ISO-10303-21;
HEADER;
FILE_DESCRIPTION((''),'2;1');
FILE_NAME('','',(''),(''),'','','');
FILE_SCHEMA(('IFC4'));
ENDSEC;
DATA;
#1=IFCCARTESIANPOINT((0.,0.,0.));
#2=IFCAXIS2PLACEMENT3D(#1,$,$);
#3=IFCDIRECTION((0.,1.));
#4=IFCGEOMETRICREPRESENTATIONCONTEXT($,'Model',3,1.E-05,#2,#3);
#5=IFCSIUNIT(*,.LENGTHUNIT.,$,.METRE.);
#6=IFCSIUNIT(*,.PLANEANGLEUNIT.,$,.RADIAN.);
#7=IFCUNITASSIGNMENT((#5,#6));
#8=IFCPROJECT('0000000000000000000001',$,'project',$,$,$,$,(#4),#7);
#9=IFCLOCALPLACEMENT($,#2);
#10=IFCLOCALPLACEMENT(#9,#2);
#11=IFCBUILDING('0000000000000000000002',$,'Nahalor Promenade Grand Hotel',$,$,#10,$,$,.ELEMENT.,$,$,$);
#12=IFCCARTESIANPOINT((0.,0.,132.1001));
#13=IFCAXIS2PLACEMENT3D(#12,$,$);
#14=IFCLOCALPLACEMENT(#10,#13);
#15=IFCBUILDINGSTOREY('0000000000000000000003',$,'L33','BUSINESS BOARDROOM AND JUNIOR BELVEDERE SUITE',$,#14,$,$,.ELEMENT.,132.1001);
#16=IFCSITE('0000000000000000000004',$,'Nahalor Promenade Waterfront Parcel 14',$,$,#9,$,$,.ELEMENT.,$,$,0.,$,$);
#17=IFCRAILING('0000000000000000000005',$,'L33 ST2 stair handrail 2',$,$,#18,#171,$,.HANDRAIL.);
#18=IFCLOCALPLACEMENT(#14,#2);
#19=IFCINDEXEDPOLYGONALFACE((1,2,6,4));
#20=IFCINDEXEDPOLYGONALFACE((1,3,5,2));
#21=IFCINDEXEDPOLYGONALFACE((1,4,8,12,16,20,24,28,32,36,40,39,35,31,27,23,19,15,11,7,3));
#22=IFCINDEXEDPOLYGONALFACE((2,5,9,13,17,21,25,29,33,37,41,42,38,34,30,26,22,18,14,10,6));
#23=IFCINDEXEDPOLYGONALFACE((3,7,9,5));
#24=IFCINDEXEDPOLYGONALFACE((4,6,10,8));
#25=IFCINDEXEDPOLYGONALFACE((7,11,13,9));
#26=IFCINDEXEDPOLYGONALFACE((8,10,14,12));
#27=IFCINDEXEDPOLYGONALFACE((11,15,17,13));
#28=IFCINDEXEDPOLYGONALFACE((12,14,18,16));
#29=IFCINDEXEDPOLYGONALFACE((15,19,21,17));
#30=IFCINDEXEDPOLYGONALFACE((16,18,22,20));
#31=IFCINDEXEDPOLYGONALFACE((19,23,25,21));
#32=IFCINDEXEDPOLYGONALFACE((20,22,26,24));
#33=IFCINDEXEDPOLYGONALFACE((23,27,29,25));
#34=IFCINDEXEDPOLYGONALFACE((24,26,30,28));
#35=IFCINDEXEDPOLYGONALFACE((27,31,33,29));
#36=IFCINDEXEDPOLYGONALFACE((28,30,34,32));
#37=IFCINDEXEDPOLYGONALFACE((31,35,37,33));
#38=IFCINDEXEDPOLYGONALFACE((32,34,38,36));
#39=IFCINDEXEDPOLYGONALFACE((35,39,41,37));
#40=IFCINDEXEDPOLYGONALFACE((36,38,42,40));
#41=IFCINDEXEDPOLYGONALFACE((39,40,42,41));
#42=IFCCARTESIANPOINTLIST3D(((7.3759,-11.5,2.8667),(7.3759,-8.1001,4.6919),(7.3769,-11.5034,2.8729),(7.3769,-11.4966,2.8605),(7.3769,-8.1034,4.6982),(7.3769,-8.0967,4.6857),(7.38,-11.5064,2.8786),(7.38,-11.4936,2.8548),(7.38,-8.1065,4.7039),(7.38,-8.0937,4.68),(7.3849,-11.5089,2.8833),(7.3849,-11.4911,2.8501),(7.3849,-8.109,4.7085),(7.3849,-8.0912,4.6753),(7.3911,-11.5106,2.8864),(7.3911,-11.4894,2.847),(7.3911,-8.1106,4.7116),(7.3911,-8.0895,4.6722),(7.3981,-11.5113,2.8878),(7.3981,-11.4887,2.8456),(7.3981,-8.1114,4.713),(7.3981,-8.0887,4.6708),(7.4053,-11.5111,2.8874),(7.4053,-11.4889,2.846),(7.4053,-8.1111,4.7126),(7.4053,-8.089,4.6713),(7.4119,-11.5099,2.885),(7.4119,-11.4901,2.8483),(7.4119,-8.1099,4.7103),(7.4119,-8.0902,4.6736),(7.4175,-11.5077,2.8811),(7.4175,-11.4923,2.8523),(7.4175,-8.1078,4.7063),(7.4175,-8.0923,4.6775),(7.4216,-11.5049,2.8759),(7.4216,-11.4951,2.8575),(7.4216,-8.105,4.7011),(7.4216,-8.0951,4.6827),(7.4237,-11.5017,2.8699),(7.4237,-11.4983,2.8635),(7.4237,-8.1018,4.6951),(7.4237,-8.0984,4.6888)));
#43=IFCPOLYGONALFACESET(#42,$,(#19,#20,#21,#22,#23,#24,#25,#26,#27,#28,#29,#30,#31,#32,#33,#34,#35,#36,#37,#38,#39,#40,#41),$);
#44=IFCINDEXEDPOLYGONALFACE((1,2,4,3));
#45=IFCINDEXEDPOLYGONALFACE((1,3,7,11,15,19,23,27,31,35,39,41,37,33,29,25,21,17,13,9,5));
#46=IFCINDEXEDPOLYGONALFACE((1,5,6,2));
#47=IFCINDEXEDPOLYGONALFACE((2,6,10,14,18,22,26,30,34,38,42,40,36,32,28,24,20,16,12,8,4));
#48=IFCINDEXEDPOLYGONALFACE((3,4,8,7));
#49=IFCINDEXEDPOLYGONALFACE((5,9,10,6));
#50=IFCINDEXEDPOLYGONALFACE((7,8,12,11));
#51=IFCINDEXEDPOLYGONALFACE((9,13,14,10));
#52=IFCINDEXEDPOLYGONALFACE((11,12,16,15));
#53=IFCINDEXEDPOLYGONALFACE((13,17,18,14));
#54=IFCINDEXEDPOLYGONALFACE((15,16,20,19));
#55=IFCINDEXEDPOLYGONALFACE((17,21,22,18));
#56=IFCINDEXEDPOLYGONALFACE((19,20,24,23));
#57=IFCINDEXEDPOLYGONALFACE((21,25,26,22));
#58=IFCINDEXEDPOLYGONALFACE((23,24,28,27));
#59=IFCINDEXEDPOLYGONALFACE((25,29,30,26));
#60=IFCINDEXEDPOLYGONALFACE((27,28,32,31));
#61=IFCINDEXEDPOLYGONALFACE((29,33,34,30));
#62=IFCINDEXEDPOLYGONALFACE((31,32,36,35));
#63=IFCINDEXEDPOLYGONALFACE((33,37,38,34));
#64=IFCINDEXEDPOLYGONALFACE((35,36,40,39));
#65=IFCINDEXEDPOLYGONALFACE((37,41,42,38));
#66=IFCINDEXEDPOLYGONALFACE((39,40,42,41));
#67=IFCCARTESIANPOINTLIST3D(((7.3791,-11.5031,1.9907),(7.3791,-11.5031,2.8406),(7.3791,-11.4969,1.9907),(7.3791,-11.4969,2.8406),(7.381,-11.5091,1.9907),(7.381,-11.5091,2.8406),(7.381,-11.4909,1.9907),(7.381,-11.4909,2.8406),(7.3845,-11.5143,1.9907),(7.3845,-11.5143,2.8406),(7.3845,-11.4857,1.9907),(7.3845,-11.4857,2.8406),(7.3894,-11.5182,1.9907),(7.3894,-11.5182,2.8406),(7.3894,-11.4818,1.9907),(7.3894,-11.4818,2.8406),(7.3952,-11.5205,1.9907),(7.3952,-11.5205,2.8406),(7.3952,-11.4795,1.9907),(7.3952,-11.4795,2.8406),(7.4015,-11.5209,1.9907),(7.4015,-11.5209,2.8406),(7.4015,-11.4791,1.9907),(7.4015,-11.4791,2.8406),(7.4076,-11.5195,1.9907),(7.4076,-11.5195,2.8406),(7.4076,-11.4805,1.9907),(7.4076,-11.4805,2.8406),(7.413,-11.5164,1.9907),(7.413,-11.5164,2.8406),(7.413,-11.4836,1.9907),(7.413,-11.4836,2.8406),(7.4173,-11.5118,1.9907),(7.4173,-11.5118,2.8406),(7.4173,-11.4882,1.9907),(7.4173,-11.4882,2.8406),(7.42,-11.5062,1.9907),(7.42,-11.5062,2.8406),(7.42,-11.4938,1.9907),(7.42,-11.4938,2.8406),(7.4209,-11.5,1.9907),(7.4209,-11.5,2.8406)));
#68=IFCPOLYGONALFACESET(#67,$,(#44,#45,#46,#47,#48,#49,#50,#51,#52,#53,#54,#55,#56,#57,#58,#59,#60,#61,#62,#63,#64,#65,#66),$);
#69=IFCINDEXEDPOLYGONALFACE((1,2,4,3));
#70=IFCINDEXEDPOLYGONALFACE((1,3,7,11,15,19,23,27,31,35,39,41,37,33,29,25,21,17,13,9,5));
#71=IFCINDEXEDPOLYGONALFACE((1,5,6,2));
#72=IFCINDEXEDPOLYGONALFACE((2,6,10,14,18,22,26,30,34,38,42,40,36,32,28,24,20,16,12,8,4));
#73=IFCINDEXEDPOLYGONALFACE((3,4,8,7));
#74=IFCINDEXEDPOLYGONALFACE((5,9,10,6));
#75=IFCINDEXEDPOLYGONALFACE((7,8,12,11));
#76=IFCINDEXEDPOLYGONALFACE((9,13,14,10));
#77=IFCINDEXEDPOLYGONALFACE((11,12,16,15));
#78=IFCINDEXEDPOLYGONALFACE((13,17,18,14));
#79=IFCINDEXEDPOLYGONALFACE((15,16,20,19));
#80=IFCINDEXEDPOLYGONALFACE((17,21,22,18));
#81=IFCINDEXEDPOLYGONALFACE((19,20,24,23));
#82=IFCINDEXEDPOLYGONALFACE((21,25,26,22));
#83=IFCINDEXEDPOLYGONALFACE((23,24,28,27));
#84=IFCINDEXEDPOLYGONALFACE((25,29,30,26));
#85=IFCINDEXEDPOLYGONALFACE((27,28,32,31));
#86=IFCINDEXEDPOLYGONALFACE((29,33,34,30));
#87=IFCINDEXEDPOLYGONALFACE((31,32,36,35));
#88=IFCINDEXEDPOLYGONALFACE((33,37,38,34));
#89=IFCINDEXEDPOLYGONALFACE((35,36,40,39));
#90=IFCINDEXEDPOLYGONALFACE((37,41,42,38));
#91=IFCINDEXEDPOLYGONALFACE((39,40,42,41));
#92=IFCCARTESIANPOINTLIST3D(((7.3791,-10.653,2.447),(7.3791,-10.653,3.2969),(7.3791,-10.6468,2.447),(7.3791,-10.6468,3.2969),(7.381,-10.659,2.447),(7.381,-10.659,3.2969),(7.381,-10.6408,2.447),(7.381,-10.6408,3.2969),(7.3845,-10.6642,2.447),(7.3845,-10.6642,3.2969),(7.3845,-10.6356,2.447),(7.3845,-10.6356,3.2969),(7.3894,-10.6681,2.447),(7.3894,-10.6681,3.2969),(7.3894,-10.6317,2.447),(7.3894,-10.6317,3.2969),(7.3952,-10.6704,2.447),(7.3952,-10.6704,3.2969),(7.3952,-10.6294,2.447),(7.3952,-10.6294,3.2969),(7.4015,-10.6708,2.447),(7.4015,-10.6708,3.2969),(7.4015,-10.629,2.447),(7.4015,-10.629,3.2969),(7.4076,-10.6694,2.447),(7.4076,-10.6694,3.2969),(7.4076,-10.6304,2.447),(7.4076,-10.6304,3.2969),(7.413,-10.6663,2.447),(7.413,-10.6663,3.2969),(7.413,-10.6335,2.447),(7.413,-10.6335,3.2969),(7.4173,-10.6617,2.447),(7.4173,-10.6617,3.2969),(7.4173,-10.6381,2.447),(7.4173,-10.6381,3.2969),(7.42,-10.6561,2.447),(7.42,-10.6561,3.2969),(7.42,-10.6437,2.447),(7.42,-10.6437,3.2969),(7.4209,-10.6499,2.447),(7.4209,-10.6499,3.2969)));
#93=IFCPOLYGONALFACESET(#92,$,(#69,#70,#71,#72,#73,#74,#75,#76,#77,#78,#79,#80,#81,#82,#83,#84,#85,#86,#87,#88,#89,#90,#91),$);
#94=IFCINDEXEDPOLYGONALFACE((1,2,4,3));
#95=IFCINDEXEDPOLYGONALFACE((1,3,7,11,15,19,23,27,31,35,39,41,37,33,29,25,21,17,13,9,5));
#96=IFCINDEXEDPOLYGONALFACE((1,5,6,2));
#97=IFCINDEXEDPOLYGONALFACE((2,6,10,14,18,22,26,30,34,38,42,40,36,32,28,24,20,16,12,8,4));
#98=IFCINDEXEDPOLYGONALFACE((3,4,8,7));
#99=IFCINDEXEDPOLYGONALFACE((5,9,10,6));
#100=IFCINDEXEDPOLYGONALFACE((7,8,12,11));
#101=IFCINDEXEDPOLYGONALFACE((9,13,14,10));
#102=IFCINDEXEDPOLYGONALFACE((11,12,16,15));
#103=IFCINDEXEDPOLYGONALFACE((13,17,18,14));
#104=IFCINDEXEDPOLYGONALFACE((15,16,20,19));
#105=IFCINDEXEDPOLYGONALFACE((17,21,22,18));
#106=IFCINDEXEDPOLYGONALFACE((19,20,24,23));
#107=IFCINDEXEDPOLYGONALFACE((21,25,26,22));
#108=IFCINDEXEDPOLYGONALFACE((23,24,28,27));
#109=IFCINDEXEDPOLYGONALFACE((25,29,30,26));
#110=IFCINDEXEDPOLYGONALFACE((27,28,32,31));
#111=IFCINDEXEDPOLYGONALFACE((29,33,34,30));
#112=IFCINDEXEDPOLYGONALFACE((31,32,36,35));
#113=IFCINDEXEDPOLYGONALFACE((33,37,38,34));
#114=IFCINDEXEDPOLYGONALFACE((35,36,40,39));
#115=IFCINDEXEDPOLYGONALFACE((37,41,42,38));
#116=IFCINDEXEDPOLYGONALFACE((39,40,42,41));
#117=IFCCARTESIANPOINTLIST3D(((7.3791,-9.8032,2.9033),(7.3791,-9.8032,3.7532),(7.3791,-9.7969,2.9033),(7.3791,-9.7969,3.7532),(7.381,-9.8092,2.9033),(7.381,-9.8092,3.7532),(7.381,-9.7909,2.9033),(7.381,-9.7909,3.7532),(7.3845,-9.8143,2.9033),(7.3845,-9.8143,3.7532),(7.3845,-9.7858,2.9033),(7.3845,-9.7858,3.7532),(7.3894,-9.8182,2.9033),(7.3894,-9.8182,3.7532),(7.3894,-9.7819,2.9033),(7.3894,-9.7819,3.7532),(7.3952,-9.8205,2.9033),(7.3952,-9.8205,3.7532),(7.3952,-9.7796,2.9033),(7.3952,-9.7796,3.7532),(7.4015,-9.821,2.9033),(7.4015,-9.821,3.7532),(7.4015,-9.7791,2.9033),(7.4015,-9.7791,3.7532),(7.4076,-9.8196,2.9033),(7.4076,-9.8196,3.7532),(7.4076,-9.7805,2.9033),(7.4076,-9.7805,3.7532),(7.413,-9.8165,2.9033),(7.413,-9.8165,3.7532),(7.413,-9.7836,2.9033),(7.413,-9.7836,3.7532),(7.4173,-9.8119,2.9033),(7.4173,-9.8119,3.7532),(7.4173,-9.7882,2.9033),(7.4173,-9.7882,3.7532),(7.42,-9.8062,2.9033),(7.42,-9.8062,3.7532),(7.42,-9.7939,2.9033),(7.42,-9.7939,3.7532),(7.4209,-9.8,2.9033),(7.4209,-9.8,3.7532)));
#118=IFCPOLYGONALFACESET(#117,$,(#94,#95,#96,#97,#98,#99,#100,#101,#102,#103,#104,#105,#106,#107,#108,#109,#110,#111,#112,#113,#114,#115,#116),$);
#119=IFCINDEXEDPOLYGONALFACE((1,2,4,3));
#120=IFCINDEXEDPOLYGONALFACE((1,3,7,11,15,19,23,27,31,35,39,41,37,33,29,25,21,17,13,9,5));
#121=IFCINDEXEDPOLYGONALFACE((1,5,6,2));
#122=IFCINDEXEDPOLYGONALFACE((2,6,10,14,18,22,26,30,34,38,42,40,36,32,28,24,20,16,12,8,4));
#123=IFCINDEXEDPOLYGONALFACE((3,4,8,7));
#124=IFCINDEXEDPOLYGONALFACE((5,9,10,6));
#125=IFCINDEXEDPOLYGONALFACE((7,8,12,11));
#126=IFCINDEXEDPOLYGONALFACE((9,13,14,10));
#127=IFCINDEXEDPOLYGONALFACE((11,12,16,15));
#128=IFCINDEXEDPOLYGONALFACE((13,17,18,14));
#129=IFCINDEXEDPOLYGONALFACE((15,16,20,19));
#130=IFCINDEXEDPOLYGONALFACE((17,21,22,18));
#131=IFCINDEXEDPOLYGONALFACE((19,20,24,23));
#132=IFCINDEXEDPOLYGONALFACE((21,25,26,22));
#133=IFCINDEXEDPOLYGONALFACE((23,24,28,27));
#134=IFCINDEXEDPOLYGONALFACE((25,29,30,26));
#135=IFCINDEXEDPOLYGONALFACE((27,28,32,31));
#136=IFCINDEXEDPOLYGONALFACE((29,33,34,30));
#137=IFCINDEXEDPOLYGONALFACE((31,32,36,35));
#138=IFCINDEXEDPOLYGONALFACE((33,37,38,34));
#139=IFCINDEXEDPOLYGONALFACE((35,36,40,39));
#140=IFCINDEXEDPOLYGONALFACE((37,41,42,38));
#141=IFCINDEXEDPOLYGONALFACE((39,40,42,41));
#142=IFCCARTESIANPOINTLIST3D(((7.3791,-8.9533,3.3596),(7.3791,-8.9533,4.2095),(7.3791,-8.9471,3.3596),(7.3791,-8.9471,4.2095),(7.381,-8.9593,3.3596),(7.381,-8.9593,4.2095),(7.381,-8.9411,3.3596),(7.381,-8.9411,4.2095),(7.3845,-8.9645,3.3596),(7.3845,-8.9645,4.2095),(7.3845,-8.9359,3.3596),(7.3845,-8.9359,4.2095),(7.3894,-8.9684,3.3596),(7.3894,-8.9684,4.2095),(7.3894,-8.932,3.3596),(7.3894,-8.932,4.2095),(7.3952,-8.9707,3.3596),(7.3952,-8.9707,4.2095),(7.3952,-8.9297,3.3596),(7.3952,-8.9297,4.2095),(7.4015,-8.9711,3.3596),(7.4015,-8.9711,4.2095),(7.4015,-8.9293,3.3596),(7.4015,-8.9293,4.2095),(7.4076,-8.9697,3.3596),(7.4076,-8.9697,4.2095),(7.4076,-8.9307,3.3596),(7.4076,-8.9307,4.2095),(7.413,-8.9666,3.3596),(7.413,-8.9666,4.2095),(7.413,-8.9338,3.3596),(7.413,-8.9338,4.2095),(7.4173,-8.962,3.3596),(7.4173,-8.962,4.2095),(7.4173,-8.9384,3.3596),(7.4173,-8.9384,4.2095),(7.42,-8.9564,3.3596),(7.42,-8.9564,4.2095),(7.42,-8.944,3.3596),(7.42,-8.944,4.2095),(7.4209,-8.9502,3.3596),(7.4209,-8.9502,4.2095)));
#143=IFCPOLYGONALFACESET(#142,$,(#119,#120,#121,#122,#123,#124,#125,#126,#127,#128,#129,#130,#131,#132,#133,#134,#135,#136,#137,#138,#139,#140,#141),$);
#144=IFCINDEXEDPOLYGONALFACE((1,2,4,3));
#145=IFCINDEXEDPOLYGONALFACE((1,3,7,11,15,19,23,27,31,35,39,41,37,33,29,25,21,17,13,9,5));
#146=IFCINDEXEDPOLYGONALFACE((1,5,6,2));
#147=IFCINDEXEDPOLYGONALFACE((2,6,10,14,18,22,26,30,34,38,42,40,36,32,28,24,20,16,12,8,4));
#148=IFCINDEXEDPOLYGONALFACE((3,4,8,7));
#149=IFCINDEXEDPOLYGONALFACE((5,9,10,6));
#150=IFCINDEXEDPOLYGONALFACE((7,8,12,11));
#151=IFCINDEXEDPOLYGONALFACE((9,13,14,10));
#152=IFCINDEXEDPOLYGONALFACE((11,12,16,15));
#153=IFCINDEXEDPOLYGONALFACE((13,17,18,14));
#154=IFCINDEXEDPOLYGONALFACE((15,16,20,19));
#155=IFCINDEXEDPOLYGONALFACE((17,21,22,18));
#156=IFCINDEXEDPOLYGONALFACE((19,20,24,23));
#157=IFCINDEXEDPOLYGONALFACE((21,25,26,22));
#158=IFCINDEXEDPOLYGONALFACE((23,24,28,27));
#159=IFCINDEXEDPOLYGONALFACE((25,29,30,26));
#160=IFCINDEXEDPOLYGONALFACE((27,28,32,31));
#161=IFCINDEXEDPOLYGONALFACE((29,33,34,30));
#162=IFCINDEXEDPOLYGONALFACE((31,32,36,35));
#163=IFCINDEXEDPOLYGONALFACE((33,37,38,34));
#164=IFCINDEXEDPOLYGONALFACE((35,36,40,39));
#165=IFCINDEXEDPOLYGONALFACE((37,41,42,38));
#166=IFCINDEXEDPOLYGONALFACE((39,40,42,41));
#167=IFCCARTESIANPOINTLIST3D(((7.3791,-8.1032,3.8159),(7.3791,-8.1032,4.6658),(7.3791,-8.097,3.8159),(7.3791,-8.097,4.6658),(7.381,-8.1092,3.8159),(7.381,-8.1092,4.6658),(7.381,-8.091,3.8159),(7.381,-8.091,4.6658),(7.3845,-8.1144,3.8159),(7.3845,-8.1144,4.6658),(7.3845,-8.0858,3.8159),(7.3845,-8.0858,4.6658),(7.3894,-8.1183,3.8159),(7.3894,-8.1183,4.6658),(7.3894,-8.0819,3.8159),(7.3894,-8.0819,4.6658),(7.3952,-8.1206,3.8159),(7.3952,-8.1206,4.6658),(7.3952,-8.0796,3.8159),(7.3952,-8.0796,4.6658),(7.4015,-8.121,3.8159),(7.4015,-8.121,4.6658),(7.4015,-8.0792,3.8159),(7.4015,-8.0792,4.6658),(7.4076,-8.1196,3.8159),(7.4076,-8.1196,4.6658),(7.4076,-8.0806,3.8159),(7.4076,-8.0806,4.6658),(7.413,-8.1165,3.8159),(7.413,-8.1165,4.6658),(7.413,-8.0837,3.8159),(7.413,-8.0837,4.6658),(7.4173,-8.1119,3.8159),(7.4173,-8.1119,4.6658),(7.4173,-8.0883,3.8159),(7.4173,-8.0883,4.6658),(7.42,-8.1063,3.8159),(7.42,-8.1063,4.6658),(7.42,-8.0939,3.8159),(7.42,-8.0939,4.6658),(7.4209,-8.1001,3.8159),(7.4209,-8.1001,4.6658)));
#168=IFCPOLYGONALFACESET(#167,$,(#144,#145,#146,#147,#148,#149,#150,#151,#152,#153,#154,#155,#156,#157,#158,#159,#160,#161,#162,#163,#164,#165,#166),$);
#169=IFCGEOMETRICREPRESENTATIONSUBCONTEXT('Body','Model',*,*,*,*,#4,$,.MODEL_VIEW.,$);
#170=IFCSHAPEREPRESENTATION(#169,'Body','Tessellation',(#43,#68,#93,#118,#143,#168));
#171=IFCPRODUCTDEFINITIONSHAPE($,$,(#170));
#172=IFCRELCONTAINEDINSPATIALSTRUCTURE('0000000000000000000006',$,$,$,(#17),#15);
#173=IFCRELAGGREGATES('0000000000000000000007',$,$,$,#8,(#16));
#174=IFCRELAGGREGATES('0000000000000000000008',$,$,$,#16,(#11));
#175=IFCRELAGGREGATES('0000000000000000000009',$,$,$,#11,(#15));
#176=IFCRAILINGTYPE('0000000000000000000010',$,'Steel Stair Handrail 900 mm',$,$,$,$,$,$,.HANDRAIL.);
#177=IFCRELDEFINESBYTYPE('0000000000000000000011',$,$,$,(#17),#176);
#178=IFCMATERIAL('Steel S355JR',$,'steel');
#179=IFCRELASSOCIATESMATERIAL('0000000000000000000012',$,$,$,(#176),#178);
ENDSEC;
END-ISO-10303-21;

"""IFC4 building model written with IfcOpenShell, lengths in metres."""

from ifc_helpers import new_model, si_unit, direction, frame, origin, origin_2d, place, context, subcontext, project, spatial, circle, extrude, material, type_object, element, save


model = new_model("IFC4")

# Units and contexts
model_context = context("Model", 3, precision=1e-05, world=origin(), true_north=direction((0.0, 1.0)))
body_context = subcontext(model_context, "Body", "Model", "MODEL_VIEW")
ifc_project = project(units=[si_unit("LENGTHUNIT", "METRE"), si_unit("PLANEANGLEUNIT", "RADIAN")], contexts=[model_context])

# Site, building, storey
site_placement = place(None, origin())
site = spatial("IfcSite", under=ifc_project, at=site_placement, Name="Nahalor Promenade Waterfront Parcel 14", CompositionType="ELEMENT", RefElevation=0.0)
building_placement = place(site_placement, origin())
building = spatial("IfcBuilding", under=site, at=building_placement, Name="Nahalor Promenade Grand Hotel", CompositionType="ELEMENT")
storey_placement = place(building_placement, frame((0.0, 0.0, 132.1001)))
storey = spatial("IfcBuildingStorey", under=building, at=storey_placement, Name="L33", Description="BUSINESS BOARDROOM AND JUNIOR BELVEDERE SUITE", CompositionType="ELEMENT", Elevation=132.1001)

# Shared definitions
ifc_material_1 = material(Name="Steel S355JR", Category="steel")

# Railing
railing_type_1 = type_object("IfcRailingType", Name="Steel Stair Handrail 900 mm", PredefinedType="HANDRAIL", material=ifc_material_1)
railing_1_placement = place(storey_placement, frame((7.3999, -11.5, 1.9907)))
element("IfcRailing", 1, at=railing_1_placement, inside=storey, type_object=railing_type_1, Name="L33 ST2 stair handrail 2", PredefinedType="HANDRAIL", context=body_context, shape_type="SweptSolid", body=[
    extrude(circle(Radius=0.024, at=origin_2d()), frame((0.0, 0.0, 0.876), z_axis=(0.0, 0.881068, 0.47299), x_axis=(-1.0, 0.0, 0.0)), (0.0, 0.0, 1.0), 3.8589),
    extrude(circle(Radius=0.021, at=origin_2d()), origin(), (0.0, 0.0, 1.0), 0.8499),
    extrude(circle(Radius=0.021, at=origin_2d()), frame((0.0, 0.8501, 0.4563)), (0.0, 0.0, 1.0), 0.8499),
    extrude(circle(Radius=0.021, at=origin_2d()), frame((0.0, 1.7, 0.9126)), (0.0, 0.0, 1.0), 0.8499),
    extrude(circle(Radius=0.021, at=origin_2d()), frame((0.0, 2.5498, 1.3689)), (0.0, 0.0, 1.0), 0.8499),
    extrude(circle(Radius=0.021, at=origin_2d()), frame((0.0, 3.3999, 1.8252)), (0.0, 0.0, 1.0), 0.8499),
])

save(model, "model.ifc")
